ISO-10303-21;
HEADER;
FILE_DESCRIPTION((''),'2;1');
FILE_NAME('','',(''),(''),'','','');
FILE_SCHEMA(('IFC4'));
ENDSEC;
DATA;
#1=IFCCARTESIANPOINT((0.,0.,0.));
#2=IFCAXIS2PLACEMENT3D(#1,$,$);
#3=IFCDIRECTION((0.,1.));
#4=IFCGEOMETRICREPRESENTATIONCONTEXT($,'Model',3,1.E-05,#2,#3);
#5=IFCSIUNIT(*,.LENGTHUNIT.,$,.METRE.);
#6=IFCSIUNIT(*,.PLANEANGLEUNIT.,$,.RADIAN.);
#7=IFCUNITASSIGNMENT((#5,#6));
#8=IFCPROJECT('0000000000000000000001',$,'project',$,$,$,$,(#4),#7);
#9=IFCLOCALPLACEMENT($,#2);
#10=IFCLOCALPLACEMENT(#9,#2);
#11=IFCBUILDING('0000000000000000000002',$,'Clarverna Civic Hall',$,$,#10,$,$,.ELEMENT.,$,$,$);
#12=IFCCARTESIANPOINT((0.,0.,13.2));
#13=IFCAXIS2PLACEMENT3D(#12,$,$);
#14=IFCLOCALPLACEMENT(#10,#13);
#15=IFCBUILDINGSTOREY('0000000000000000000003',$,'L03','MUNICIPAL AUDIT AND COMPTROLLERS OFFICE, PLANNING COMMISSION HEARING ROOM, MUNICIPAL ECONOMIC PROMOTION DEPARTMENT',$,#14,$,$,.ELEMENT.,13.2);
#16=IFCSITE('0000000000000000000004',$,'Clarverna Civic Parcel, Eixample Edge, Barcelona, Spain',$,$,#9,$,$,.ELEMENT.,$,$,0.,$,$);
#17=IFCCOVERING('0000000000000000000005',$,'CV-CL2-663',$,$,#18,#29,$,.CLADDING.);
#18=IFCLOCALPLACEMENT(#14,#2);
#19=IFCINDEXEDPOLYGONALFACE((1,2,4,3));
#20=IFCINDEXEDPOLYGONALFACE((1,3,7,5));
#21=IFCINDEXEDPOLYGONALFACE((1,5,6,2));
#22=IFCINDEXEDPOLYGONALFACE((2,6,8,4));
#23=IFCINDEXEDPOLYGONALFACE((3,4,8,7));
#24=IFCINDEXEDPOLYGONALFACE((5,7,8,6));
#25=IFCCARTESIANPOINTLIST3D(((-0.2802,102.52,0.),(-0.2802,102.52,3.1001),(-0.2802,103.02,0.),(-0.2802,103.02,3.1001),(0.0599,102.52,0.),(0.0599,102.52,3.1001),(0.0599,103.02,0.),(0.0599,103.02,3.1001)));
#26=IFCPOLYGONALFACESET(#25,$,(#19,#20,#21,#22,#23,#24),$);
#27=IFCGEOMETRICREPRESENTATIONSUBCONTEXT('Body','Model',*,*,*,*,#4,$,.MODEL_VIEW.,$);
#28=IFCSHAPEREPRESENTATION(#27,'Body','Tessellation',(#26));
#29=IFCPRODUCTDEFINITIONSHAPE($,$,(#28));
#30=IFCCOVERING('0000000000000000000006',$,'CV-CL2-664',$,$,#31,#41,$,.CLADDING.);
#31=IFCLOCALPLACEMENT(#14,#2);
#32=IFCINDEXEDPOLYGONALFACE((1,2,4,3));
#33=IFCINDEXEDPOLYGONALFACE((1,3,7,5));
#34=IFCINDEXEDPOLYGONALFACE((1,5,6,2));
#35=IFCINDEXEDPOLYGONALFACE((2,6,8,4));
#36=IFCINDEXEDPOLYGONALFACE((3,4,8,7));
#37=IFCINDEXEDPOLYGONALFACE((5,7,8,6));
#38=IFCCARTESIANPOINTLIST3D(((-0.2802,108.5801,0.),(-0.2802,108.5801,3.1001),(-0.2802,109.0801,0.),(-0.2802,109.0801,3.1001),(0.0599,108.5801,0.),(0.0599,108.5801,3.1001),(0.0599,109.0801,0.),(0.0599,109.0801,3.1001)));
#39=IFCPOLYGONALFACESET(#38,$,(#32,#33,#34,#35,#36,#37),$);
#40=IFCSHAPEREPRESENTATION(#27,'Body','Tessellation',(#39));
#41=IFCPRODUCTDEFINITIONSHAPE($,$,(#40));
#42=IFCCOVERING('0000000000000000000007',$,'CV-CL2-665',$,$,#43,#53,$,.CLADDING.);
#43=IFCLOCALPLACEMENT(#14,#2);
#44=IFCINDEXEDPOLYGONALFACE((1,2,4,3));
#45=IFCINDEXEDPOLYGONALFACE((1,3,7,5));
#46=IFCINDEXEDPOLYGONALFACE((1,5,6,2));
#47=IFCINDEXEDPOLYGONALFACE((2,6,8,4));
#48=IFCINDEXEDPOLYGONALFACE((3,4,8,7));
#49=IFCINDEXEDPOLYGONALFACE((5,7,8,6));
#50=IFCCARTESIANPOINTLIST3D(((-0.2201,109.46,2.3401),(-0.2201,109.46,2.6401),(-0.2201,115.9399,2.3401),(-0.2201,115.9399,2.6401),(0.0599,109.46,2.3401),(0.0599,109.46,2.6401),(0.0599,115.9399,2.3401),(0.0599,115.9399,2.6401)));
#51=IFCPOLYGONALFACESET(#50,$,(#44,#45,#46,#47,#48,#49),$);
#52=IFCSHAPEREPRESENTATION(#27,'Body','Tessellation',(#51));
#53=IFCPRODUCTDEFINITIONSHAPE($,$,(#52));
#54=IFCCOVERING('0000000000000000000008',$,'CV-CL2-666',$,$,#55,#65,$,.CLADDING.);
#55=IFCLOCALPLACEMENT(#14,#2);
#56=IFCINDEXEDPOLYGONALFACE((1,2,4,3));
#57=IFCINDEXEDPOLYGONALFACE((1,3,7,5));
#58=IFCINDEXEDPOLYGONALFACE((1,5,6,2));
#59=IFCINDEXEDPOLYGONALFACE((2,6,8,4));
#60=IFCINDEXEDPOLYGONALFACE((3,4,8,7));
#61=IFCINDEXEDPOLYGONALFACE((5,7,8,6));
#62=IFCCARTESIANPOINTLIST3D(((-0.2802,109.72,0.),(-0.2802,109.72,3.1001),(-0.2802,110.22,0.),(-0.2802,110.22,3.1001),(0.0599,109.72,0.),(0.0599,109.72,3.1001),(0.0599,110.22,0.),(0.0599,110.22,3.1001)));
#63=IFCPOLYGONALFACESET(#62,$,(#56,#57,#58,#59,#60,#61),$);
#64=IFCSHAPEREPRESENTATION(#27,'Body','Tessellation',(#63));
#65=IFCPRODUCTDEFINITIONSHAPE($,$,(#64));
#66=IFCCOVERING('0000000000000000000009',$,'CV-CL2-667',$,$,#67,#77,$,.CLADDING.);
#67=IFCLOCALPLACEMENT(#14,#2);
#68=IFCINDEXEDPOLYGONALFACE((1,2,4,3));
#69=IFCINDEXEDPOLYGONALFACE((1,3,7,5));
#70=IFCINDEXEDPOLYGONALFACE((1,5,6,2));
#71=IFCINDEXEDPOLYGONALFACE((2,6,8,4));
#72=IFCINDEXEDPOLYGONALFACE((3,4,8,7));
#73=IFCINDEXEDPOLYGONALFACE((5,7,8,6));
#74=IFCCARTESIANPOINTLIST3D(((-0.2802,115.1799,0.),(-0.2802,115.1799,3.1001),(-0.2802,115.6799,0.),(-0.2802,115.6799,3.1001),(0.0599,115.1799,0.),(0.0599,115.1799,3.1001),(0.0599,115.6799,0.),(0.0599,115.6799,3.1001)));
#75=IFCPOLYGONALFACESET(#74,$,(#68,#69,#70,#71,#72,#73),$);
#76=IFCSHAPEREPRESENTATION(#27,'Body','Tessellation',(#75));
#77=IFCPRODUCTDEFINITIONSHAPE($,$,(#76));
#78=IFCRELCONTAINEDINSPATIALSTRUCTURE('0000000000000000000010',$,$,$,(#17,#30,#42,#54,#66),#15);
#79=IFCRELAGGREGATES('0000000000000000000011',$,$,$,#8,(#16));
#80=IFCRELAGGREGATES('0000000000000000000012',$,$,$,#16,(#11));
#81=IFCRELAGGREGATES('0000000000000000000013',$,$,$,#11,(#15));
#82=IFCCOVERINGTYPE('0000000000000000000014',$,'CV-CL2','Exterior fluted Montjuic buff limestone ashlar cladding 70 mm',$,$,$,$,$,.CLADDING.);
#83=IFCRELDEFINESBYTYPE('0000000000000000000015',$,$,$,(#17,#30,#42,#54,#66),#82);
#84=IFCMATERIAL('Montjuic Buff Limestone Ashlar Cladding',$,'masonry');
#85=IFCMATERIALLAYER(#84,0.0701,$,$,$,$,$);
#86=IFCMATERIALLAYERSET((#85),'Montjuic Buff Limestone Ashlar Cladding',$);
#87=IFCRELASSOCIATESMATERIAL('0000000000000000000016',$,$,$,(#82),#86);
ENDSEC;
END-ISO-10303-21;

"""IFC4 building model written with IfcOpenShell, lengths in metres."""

from ifc_helpers import new_model, si_unit, direction, frame, frame_2d, origin, place, context, subcontext, project, spatial, rectangle, extrude, material, layer, layer_set, type_object, element, save


model = new_model("IFC4")

# Units and contexts
model_context = context("Model", 3, precision=1e-05, world=origin(), true_north=direction((0.0, 1.0)))
body_context = subcontext(model_context, "Body", "Model", "MODEL_VIEW")
ifc_project = project(units=[si_unit("LENGTHUNIT", "METRE"), si_unit("PLANEANGLEUNIT", "RADIAN")], contexts=[model_context])

# Site, building, storey
site_placement = place(None, origin())
site = spatial("IfcSite", under=ifc_project, at=site_placement, Name="Clarverna Civic Parcel, Eixample Edge, Barcelona, Spain", CompositionType="ELEMENT", RefElevation=0.0)
building_placement = place(site_placement, origin())
building = spatial("IfcBuilding", under=site, at=building_placement, Name="Clarverna Civic Hall", CompositionType="ELEMENT")
storey_placement = place(building_placement, frame((0.0, 0.0, 13.2)))
storey = spatial("IfcBuildingStorey", under=building, at=storey_placement, Name="L03", Description="MUNICIPAL AUDIT AND COMPTROLLERS OFFICE, PLANNING COMMISSION HEARING ROOM, MUNICIPAL ECONOMIC PROMOTION DEPARTMENT", CompositionType="ELEMENT", Elevation=13.2)

# Coverings
ifc_material_1 = material(Name="Montjuic Buff Limestone Ashlar Cladding", Category="masonry")
ifc_layer_1 = layer(ifc_material_1, 0.0701)
ifc_layer_set_1 = layer_set([ifc_layer_1], Name="Montjuic Buff Limestone Ashlar Cladding")
covering_type = type_object("IfcCoveringType", Name="CV-CL2", Description="Exterior fluted Montjuic buff limestone ashlar cladding 70 mm", PredefinedType="CLADDING", material=ifc_layer_set_1)
for number, where, z_axis, x_axis, name in (
    (1, (-0.1101, 102.52, 0.0), (0.0, 0.0, 1.0), (0.0, 1.0, 0.0), "CV-CL2-663"),
    (2, (-0.1101, 108.5801, 0.0), (0.0, 0.0, 1.0), (0.0, 1.0, 0.0), "CV-CL2-664"),
):
    element("IfcCovering", number, at=place(storey_placement, frame(where, z_axis=z_axis, x_axis=x_axis)), inside=storey, type_object=covering_type, Name=name, PredefinedType="CLADDING", context=body_context, shape_type="SweptSolid", body=[
        extrude(rectangle(XDim=0.5, YDim=0.3401, at=frame_2d((0.25, 0.0))), origin(), (0.0, 0.0, 1.0), 3.1001),
    ])
covering_placement = place(storey_placement, frame((-0.0801, 109.46, 2.3401), z_axis=(0.0, 0.0, 1.0), x_axis=(0.0, 1.0, 0.0)))
element("IfcCovering", 3, at=covering_placement, inside=storey, type_object=covering_type, Name="CV-CL2-665", PredefinedType="CLADDING", context=body_context, shape_type="SweptSolid", body=[
    extrude(rectangle(XDim=6.48, YDim=0.28, at=frame_2d((3.24, 0.0))), origin(), (0.0, 0.0, 1.0), 0.3),
])
for number, where, z_axis, x_axis, name in (
    (4, (-0.1101, 109.72, 0.0), (0.0, 0.0, 1.0), (0.0, 1.0, 0.0), "CV-CL2-666"),
    (5, (-0.1101, 115.1799, 0.0), (0.0, 0.0, 1.0), (0.0, 1.0, 0.0), "CV-CL2-667"),
):
    element("IfcCovering", number, at=place(storey_placement, frame(where, z_axis=z_axis, x_axis=x_axis)), inside=storey, type_object=covering_type, Name=name, PredefinedType="CLADDING", context=body_context, shape_type="SweptSolid", body=[
        extrude(rectangle(XDim=0.5, YDim=0.3401, at=frame_2d((0.25, 0.0))), origin(), (0.0, 0.0, 1.0), 3.1001),
    ])

save(model, "model.ifc")
